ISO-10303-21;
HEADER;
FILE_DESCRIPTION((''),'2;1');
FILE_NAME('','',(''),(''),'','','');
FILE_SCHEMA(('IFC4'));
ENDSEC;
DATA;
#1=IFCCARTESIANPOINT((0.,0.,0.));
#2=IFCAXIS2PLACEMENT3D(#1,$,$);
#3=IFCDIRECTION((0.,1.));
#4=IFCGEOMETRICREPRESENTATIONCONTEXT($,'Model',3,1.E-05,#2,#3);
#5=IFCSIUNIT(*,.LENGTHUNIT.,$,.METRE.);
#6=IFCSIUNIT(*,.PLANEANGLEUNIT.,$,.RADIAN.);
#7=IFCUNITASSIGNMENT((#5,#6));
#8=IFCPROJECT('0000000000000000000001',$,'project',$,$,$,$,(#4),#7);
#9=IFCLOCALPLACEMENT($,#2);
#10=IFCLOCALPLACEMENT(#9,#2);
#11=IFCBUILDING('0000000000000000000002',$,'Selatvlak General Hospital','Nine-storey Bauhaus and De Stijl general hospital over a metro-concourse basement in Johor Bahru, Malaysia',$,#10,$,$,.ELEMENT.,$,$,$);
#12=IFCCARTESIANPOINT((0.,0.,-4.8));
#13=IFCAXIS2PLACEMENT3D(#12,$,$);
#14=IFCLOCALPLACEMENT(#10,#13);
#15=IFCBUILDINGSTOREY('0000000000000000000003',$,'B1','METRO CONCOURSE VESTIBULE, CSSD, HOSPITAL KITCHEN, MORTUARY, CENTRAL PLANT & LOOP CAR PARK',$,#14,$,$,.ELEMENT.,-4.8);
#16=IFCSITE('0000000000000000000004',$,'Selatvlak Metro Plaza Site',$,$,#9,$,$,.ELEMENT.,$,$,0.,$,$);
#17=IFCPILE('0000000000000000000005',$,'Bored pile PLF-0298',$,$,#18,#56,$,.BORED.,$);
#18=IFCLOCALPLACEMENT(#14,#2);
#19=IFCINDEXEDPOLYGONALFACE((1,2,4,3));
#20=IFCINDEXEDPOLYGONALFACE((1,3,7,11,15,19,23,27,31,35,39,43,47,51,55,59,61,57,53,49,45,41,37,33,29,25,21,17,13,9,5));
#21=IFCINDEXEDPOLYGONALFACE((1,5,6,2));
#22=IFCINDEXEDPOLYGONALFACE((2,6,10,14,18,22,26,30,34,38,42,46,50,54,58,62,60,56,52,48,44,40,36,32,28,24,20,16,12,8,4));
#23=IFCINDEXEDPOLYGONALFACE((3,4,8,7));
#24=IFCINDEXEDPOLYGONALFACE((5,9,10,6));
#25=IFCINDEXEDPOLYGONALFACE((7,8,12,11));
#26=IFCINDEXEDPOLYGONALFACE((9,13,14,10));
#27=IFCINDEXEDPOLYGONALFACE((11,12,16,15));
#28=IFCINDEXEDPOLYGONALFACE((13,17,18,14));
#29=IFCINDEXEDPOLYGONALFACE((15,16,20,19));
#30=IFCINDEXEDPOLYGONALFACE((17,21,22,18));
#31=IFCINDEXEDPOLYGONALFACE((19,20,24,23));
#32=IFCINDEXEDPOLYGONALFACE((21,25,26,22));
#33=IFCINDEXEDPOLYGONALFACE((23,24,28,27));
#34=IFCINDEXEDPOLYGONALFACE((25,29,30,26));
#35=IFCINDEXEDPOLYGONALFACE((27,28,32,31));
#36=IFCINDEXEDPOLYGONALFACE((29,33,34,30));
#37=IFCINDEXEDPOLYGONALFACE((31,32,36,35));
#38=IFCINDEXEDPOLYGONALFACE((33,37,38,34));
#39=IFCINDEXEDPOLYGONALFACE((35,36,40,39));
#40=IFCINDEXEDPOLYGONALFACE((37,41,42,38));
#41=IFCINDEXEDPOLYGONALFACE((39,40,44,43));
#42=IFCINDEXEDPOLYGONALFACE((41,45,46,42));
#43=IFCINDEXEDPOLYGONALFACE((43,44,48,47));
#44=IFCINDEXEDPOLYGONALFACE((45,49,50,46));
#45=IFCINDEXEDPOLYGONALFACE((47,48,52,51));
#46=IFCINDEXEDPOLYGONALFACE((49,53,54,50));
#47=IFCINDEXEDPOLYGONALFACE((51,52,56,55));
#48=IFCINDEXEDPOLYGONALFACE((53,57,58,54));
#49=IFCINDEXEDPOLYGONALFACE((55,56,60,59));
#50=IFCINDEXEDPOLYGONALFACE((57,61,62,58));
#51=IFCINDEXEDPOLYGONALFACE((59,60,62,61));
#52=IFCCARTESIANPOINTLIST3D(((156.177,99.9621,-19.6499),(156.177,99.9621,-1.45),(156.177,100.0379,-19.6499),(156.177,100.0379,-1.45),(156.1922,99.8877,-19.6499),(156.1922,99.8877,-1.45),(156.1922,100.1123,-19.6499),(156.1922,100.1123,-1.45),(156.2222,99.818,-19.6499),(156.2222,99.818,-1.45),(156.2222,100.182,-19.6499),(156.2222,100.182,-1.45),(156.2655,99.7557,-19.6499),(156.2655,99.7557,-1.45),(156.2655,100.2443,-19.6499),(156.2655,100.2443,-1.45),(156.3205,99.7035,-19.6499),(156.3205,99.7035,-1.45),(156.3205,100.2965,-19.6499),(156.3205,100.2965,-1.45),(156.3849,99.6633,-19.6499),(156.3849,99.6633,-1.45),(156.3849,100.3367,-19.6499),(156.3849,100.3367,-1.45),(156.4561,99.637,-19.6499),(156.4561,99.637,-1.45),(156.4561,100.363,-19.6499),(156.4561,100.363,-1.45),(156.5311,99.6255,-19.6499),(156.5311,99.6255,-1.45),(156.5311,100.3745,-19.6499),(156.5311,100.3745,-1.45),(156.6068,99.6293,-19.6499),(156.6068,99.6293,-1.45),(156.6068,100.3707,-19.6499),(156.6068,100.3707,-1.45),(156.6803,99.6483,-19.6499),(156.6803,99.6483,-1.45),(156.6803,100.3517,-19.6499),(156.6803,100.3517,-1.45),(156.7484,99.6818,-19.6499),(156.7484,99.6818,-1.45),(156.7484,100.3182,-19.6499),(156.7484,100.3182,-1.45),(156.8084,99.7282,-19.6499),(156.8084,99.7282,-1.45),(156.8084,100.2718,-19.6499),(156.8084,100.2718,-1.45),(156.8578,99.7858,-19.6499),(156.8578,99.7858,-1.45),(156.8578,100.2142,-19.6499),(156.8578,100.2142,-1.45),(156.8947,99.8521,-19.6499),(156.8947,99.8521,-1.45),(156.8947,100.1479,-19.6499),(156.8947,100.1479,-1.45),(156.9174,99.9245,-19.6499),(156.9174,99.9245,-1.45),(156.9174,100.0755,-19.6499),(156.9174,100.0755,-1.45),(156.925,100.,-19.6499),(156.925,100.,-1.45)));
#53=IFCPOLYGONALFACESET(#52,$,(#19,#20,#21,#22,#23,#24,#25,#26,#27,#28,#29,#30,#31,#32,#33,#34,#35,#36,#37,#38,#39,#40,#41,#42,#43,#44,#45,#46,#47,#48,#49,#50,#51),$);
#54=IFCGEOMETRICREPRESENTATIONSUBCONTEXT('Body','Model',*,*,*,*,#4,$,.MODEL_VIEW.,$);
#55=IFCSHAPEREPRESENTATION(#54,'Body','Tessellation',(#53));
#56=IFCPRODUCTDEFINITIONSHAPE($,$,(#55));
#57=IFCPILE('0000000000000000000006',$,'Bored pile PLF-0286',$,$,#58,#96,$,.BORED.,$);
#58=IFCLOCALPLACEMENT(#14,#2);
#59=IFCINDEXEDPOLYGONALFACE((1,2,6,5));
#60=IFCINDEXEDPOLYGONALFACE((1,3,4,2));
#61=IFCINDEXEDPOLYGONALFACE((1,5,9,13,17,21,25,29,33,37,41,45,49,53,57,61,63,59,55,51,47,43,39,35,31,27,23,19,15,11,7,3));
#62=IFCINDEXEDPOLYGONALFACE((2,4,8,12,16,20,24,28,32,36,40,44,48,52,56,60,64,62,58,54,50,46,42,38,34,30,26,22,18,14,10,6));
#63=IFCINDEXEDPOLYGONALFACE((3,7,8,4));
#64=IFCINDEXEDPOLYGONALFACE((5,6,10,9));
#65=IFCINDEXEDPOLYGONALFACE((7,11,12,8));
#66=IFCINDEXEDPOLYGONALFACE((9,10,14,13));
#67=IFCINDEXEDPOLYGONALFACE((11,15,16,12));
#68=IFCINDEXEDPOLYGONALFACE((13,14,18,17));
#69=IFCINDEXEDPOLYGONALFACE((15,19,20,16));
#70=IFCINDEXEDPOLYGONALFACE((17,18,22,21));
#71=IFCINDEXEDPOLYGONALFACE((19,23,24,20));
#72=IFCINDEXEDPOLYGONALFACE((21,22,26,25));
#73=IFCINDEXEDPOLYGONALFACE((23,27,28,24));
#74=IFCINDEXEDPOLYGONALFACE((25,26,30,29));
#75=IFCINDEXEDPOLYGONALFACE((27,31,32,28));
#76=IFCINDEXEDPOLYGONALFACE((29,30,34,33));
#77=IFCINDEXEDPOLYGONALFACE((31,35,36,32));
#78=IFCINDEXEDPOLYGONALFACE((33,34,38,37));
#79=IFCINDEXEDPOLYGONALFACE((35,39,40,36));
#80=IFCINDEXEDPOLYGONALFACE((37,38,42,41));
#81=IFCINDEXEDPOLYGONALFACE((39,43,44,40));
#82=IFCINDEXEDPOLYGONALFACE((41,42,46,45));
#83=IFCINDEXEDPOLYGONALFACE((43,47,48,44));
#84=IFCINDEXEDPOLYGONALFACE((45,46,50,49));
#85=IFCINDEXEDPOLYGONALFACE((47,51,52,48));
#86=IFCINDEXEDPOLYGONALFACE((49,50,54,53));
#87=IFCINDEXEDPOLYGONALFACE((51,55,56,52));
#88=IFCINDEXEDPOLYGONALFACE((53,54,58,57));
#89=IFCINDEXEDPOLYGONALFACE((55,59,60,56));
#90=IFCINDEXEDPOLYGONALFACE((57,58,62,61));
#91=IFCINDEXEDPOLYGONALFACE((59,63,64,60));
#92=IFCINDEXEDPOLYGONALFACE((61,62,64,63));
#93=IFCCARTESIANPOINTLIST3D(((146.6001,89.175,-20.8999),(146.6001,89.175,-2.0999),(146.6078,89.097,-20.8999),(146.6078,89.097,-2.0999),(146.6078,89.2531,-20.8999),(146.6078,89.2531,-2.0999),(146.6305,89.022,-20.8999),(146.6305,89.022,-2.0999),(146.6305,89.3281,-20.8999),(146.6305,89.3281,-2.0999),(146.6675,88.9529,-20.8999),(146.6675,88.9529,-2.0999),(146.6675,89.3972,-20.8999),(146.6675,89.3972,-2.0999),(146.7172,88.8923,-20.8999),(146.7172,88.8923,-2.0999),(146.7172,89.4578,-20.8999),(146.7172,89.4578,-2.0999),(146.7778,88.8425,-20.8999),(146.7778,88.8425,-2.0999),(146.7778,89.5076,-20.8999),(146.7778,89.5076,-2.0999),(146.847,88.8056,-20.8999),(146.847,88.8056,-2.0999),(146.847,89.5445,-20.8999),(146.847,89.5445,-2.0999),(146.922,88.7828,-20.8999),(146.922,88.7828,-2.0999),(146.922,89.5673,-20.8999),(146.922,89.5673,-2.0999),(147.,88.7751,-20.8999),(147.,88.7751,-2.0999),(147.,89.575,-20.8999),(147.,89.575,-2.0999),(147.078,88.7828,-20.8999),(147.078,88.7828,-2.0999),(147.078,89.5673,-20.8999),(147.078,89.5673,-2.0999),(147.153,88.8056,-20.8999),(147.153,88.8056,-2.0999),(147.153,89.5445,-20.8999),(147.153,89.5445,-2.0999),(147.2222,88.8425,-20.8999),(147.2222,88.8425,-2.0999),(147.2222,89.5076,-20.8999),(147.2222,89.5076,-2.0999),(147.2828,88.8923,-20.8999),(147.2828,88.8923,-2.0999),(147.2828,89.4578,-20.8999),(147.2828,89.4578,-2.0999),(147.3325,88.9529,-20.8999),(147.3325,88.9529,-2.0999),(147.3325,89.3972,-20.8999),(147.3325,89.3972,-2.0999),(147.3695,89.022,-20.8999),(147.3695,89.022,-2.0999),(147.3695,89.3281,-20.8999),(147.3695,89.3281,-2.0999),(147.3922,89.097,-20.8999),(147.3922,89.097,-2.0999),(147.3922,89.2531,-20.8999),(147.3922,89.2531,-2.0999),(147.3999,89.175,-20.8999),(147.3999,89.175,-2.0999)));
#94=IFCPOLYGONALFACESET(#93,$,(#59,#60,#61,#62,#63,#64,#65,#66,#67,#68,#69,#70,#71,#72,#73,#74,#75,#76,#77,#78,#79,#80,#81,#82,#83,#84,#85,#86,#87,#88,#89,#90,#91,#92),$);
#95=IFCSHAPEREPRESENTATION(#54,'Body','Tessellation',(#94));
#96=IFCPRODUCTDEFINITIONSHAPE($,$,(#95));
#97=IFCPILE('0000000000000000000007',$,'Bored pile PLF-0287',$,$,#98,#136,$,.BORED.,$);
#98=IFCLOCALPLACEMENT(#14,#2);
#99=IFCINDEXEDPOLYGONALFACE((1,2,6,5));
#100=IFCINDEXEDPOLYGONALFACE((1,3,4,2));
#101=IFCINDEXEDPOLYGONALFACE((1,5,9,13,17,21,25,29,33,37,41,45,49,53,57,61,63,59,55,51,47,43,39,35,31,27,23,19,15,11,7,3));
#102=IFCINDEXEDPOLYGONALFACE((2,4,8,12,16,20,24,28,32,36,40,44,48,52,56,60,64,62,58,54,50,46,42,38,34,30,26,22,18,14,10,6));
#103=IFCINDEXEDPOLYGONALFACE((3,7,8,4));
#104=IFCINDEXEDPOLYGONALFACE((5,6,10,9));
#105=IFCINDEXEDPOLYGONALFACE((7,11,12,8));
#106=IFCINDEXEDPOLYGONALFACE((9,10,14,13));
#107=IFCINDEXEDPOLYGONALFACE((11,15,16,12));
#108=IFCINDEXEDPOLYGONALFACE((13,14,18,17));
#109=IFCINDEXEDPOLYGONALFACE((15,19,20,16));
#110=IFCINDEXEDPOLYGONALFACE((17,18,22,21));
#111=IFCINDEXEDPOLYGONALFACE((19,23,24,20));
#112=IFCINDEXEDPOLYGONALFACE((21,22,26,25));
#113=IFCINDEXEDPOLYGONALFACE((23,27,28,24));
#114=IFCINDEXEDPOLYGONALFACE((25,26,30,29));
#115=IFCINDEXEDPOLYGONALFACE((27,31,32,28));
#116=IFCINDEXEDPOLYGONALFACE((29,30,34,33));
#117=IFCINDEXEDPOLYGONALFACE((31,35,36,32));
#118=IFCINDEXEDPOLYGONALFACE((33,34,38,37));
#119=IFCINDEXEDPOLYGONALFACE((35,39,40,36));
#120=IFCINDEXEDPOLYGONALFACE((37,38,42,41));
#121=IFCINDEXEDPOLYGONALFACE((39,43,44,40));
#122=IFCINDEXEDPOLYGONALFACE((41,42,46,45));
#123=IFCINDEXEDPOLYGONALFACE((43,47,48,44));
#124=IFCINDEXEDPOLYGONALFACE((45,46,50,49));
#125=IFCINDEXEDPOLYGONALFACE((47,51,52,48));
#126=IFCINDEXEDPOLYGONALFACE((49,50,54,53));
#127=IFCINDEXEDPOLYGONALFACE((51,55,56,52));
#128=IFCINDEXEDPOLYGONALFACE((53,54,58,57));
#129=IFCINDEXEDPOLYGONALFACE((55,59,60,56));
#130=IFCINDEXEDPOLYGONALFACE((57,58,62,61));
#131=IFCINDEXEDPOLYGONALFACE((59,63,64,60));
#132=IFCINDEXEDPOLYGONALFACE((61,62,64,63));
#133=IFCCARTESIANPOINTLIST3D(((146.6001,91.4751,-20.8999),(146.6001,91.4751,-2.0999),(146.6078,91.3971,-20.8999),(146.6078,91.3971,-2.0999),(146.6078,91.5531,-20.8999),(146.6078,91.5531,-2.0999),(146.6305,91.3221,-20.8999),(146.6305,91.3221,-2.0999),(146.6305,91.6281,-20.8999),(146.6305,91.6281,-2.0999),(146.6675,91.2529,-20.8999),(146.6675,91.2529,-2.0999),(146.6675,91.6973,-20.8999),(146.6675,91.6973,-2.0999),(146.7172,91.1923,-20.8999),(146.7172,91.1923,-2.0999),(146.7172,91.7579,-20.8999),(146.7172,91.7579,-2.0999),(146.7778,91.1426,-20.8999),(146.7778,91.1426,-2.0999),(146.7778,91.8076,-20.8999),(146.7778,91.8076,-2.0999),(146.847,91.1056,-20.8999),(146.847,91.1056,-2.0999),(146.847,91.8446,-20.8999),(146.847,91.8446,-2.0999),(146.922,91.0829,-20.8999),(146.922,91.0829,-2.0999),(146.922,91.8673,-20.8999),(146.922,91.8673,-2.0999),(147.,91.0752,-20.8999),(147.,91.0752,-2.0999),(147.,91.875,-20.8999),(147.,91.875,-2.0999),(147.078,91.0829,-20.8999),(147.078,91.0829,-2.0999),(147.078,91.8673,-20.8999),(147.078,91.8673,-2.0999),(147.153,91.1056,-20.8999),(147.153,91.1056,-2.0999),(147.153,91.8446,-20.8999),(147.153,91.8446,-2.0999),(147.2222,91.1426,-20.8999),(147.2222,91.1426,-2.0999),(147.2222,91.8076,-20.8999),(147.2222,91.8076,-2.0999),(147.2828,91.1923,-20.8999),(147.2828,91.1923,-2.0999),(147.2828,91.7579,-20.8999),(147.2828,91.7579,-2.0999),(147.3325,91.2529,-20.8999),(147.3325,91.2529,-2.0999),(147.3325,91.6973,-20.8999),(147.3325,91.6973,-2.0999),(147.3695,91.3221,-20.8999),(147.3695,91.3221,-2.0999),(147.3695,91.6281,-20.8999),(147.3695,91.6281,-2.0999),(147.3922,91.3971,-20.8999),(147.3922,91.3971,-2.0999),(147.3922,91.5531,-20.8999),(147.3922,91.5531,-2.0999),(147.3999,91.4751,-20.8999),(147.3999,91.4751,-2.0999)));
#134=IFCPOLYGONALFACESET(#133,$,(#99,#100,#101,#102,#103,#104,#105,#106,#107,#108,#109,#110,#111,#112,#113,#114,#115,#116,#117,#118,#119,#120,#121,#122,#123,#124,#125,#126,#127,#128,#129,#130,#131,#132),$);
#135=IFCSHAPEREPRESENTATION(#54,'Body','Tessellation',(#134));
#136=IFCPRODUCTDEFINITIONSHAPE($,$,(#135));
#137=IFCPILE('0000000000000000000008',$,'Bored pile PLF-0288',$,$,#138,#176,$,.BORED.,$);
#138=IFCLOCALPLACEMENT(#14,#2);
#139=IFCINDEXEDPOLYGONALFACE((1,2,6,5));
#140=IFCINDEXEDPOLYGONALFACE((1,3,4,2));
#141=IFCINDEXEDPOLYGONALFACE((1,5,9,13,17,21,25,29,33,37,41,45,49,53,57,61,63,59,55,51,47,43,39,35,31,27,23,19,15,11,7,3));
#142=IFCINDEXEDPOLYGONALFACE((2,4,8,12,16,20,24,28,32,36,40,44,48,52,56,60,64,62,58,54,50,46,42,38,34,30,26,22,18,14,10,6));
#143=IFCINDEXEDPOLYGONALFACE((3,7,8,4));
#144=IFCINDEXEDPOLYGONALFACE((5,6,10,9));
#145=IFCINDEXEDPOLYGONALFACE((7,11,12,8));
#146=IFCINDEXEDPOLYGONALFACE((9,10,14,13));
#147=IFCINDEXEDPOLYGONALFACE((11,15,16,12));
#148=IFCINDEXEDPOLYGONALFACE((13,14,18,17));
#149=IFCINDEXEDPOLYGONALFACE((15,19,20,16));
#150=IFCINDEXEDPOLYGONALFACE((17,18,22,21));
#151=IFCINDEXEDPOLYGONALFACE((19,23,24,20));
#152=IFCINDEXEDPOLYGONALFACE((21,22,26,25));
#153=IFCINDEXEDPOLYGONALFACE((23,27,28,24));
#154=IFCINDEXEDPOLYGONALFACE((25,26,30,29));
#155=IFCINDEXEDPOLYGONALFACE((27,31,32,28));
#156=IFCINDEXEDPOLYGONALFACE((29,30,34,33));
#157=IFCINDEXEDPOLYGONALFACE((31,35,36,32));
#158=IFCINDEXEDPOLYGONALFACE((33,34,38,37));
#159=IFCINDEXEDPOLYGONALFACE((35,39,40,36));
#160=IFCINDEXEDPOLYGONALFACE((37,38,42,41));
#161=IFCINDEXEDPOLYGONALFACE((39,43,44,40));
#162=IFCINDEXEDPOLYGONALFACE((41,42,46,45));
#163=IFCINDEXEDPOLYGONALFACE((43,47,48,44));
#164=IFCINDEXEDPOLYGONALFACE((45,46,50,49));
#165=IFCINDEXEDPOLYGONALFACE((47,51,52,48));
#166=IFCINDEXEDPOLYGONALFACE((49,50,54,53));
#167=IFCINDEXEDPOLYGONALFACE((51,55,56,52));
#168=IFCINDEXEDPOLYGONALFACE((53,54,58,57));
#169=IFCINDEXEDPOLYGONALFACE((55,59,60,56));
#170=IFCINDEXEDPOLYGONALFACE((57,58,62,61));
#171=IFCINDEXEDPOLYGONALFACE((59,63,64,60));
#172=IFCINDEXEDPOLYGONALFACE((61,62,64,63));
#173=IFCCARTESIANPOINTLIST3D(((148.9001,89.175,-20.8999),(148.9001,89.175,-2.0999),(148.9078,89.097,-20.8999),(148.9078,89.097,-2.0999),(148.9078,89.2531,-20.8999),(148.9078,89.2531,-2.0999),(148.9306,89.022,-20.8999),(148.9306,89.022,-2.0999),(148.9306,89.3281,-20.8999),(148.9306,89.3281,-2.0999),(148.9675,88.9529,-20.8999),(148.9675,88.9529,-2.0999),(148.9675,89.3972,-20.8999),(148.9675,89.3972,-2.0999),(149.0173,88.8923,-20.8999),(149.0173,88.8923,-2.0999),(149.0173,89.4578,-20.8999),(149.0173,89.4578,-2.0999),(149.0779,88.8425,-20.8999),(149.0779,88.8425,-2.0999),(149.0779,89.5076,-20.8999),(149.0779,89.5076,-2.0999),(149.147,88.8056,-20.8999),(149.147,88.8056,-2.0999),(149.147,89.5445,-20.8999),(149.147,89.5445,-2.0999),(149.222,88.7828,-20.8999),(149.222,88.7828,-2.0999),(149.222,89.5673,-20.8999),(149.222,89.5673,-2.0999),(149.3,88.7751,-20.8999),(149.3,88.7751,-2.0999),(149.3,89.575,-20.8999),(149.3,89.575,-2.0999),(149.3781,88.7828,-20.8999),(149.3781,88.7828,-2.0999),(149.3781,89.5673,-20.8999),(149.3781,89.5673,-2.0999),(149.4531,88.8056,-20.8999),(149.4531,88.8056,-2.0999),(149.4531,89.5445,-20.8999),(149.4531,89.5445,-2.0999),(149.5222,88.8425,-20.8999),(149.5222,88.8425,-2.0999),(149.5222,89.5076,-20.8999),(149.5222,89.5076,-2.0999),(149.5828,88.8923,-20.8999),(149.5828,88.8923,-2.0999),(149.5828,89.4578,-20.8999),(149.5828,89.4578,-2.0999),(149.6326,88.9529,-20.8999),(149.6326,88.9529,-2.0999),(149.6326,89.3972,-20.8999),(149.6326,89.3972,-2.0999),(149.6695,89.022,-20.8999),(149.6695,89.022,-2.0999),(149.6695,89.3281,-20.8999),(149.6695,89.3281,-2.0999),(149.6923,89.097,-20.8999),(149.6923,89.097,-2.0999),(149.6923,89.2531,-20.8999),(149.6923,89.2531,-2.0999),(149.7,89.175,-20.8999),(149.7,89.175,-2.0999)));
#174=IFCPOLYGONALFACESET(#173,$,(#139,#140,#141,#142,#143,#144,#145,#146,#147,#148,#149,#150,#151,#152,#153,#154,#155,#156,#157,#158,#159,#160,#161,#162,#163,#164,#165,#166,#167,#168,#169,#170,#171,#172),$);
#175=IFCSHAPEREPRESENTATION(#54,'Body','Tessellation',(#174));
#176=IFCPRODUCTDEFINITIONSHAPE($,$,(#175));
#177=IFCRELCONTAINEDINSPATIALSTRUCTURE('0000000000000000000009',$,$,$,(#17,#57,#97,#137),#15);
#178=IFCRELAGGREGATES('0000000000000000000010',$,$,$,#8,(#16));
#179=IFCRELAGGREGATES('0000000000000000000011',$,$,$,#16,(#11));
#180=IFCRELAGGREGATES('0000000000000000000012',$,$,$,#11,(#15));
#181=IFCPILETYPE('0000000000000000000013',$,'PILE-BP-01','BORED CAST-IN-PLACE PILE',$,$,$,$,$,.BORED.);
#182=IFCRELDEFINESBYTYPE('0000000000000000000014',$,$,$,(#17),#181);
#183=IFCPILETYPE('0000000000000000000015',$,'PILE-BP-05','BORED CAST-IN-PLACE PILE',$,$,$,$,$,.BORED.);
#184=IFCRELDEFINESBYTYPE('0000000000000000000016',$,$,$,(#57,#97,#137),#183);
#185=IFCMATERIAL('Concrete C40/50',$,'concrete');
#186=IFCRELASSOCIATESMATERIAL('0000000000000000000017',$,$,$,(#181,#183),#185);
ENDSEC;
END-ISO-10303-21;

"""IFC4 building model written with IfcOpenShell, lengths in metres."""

from ifc_helpers import new_model, si_unit, direction, frame, origin, origin_2d, place, context, subcontext, project, spatial, circle, extrude, material, material_profile, profile_set, type_object, element, save


model = new_model("IFC4")

# Units and contexts
model_context = context("Model", 3, precision=1e-05, world=origin(), true_north=direction((0.0, 1.0)))
body_context = subcontext(model_context, "Body", "Model", "MODEL_VIEW")
ifc_project = project(units=[si_unit("LENGTHUNIT", "METRE"), si_unit("PLANEANGLEUNIT", "RADIAN")], contexts=[model_context])

# Site, building, storey
site_placement = place(None, origin())
site = spatial("IfcSite", under=ifc_project, at=site_placement, Name="Selatvlak Metro Plaza Site", CompositionType="ELEMENT", RefElevation=0.0)
building_placement = place(site_placement, origin())
building = spatial("IfcBuilding", under=site, at=building_placement, Name="Selatvlak General Hospital", Description="Nine-storey Bauhaus and De Stijl general hospital over a metro-concourse basement in Johor Bahru, Malaysia", CompositionType="ELEMENT")
storey_placement = place(building_placement, frame((0.0, 0.0, -4.8)))
storey = spatial("IfcBuildingStorey", under=building, at=storey_placement, Name="B1", Description="METRO CONCOURSE VESTIBULE, CSSD, HOSPITAL KITCHEN, MORTUARY, CENTRAL PLANT & LOOP CAR PARK", CompositionType="ELEMENT", Elevation=-4.8)

# Shared definitions
ifc_material_1 = material(Name="Concrete C40/50", Category="concrete")

# Piles
ifc_material_profile_1 = material_profile(ifc_material_1, circle(Radius=0.375, at=origin_2d()), Name="BORED PILE 750")
ifc_profile_set_1 = profile_set([ifc_material_profile_1], Name="Concrete C40/50")
pile_type_1 = type_object("IfcPileType", Name="PILE-BP-01", Description="BORED CAST-IN-PLACE PILE", PredefinedType="BORED", material=ifc_profile_set_1)
pile_1_placement = place(storey_placement, frame((156.55, 100.0, -1.45), z_axis=(0.0, 0.0, -1.0), x_axis=(1.0, 0.0, 0.0)))
element("IfcPile", 1, at=pile_1_placement, inside=storey, type_object=pile_type_1, Name="Bored pile PLF-0298", PredefinedType="BORED", context=body_context, shape_type="SweptSolid", body=[
    extrude(circle(Radius=0.375, at=origin_2d()), origin(), (0.0, 0.0, 1.0), 18.2),
])
ifc_material_profile_2 = material_profile(ifc_material_1, circle(Radius=0.3999, at=origin_2d()), Name="BORED PILE 800")
ifc_profile_set_2 = profile_set([ifc_material_profile_2], Name="Concrete C40/50")
pile_type_2 = type_object("IfcPileType", Name="PILE-BP-05", Description="BORED CAST-IN-PLACE PILE", PredefinedType="BORED", material=ifc_profile_set_2)
for number, where, z_axis, x_axis, name in (
    (2, (147.0, 89.175, -2.0999), (0.0, 0.0, -1.0), (1.0, 0.0, 0.0), "Bored pile PLF-0286"),
    (3, (147.0, 91.4751, -2.0999), (0.0, 0.0, -1.0), (1.0, 0.0, 0.0), "Bored pile PLF-0287"),
    (4, (149.3, 89.175, -2.0999), (0.0, 0.0, -1.0), (1.0, 0.0, 0.0), "Bored pile PLF-0288"),
):
    element("IfcPile", number, at=place(storey_placement, frame(where, z_axis=z_axis, x_axis=x_axis)), inside=storey, type_object=pile_type_2, Name=name, PredefinedType="BORED", context=body_context, shape_type="SweptSolid", body=[
        extrude(circle(Radius=0.3999, at=origin_2d()), origin(), (0.0, 0.0, 1.0), 18.8),
    ])

save(model, "model.ifc")
